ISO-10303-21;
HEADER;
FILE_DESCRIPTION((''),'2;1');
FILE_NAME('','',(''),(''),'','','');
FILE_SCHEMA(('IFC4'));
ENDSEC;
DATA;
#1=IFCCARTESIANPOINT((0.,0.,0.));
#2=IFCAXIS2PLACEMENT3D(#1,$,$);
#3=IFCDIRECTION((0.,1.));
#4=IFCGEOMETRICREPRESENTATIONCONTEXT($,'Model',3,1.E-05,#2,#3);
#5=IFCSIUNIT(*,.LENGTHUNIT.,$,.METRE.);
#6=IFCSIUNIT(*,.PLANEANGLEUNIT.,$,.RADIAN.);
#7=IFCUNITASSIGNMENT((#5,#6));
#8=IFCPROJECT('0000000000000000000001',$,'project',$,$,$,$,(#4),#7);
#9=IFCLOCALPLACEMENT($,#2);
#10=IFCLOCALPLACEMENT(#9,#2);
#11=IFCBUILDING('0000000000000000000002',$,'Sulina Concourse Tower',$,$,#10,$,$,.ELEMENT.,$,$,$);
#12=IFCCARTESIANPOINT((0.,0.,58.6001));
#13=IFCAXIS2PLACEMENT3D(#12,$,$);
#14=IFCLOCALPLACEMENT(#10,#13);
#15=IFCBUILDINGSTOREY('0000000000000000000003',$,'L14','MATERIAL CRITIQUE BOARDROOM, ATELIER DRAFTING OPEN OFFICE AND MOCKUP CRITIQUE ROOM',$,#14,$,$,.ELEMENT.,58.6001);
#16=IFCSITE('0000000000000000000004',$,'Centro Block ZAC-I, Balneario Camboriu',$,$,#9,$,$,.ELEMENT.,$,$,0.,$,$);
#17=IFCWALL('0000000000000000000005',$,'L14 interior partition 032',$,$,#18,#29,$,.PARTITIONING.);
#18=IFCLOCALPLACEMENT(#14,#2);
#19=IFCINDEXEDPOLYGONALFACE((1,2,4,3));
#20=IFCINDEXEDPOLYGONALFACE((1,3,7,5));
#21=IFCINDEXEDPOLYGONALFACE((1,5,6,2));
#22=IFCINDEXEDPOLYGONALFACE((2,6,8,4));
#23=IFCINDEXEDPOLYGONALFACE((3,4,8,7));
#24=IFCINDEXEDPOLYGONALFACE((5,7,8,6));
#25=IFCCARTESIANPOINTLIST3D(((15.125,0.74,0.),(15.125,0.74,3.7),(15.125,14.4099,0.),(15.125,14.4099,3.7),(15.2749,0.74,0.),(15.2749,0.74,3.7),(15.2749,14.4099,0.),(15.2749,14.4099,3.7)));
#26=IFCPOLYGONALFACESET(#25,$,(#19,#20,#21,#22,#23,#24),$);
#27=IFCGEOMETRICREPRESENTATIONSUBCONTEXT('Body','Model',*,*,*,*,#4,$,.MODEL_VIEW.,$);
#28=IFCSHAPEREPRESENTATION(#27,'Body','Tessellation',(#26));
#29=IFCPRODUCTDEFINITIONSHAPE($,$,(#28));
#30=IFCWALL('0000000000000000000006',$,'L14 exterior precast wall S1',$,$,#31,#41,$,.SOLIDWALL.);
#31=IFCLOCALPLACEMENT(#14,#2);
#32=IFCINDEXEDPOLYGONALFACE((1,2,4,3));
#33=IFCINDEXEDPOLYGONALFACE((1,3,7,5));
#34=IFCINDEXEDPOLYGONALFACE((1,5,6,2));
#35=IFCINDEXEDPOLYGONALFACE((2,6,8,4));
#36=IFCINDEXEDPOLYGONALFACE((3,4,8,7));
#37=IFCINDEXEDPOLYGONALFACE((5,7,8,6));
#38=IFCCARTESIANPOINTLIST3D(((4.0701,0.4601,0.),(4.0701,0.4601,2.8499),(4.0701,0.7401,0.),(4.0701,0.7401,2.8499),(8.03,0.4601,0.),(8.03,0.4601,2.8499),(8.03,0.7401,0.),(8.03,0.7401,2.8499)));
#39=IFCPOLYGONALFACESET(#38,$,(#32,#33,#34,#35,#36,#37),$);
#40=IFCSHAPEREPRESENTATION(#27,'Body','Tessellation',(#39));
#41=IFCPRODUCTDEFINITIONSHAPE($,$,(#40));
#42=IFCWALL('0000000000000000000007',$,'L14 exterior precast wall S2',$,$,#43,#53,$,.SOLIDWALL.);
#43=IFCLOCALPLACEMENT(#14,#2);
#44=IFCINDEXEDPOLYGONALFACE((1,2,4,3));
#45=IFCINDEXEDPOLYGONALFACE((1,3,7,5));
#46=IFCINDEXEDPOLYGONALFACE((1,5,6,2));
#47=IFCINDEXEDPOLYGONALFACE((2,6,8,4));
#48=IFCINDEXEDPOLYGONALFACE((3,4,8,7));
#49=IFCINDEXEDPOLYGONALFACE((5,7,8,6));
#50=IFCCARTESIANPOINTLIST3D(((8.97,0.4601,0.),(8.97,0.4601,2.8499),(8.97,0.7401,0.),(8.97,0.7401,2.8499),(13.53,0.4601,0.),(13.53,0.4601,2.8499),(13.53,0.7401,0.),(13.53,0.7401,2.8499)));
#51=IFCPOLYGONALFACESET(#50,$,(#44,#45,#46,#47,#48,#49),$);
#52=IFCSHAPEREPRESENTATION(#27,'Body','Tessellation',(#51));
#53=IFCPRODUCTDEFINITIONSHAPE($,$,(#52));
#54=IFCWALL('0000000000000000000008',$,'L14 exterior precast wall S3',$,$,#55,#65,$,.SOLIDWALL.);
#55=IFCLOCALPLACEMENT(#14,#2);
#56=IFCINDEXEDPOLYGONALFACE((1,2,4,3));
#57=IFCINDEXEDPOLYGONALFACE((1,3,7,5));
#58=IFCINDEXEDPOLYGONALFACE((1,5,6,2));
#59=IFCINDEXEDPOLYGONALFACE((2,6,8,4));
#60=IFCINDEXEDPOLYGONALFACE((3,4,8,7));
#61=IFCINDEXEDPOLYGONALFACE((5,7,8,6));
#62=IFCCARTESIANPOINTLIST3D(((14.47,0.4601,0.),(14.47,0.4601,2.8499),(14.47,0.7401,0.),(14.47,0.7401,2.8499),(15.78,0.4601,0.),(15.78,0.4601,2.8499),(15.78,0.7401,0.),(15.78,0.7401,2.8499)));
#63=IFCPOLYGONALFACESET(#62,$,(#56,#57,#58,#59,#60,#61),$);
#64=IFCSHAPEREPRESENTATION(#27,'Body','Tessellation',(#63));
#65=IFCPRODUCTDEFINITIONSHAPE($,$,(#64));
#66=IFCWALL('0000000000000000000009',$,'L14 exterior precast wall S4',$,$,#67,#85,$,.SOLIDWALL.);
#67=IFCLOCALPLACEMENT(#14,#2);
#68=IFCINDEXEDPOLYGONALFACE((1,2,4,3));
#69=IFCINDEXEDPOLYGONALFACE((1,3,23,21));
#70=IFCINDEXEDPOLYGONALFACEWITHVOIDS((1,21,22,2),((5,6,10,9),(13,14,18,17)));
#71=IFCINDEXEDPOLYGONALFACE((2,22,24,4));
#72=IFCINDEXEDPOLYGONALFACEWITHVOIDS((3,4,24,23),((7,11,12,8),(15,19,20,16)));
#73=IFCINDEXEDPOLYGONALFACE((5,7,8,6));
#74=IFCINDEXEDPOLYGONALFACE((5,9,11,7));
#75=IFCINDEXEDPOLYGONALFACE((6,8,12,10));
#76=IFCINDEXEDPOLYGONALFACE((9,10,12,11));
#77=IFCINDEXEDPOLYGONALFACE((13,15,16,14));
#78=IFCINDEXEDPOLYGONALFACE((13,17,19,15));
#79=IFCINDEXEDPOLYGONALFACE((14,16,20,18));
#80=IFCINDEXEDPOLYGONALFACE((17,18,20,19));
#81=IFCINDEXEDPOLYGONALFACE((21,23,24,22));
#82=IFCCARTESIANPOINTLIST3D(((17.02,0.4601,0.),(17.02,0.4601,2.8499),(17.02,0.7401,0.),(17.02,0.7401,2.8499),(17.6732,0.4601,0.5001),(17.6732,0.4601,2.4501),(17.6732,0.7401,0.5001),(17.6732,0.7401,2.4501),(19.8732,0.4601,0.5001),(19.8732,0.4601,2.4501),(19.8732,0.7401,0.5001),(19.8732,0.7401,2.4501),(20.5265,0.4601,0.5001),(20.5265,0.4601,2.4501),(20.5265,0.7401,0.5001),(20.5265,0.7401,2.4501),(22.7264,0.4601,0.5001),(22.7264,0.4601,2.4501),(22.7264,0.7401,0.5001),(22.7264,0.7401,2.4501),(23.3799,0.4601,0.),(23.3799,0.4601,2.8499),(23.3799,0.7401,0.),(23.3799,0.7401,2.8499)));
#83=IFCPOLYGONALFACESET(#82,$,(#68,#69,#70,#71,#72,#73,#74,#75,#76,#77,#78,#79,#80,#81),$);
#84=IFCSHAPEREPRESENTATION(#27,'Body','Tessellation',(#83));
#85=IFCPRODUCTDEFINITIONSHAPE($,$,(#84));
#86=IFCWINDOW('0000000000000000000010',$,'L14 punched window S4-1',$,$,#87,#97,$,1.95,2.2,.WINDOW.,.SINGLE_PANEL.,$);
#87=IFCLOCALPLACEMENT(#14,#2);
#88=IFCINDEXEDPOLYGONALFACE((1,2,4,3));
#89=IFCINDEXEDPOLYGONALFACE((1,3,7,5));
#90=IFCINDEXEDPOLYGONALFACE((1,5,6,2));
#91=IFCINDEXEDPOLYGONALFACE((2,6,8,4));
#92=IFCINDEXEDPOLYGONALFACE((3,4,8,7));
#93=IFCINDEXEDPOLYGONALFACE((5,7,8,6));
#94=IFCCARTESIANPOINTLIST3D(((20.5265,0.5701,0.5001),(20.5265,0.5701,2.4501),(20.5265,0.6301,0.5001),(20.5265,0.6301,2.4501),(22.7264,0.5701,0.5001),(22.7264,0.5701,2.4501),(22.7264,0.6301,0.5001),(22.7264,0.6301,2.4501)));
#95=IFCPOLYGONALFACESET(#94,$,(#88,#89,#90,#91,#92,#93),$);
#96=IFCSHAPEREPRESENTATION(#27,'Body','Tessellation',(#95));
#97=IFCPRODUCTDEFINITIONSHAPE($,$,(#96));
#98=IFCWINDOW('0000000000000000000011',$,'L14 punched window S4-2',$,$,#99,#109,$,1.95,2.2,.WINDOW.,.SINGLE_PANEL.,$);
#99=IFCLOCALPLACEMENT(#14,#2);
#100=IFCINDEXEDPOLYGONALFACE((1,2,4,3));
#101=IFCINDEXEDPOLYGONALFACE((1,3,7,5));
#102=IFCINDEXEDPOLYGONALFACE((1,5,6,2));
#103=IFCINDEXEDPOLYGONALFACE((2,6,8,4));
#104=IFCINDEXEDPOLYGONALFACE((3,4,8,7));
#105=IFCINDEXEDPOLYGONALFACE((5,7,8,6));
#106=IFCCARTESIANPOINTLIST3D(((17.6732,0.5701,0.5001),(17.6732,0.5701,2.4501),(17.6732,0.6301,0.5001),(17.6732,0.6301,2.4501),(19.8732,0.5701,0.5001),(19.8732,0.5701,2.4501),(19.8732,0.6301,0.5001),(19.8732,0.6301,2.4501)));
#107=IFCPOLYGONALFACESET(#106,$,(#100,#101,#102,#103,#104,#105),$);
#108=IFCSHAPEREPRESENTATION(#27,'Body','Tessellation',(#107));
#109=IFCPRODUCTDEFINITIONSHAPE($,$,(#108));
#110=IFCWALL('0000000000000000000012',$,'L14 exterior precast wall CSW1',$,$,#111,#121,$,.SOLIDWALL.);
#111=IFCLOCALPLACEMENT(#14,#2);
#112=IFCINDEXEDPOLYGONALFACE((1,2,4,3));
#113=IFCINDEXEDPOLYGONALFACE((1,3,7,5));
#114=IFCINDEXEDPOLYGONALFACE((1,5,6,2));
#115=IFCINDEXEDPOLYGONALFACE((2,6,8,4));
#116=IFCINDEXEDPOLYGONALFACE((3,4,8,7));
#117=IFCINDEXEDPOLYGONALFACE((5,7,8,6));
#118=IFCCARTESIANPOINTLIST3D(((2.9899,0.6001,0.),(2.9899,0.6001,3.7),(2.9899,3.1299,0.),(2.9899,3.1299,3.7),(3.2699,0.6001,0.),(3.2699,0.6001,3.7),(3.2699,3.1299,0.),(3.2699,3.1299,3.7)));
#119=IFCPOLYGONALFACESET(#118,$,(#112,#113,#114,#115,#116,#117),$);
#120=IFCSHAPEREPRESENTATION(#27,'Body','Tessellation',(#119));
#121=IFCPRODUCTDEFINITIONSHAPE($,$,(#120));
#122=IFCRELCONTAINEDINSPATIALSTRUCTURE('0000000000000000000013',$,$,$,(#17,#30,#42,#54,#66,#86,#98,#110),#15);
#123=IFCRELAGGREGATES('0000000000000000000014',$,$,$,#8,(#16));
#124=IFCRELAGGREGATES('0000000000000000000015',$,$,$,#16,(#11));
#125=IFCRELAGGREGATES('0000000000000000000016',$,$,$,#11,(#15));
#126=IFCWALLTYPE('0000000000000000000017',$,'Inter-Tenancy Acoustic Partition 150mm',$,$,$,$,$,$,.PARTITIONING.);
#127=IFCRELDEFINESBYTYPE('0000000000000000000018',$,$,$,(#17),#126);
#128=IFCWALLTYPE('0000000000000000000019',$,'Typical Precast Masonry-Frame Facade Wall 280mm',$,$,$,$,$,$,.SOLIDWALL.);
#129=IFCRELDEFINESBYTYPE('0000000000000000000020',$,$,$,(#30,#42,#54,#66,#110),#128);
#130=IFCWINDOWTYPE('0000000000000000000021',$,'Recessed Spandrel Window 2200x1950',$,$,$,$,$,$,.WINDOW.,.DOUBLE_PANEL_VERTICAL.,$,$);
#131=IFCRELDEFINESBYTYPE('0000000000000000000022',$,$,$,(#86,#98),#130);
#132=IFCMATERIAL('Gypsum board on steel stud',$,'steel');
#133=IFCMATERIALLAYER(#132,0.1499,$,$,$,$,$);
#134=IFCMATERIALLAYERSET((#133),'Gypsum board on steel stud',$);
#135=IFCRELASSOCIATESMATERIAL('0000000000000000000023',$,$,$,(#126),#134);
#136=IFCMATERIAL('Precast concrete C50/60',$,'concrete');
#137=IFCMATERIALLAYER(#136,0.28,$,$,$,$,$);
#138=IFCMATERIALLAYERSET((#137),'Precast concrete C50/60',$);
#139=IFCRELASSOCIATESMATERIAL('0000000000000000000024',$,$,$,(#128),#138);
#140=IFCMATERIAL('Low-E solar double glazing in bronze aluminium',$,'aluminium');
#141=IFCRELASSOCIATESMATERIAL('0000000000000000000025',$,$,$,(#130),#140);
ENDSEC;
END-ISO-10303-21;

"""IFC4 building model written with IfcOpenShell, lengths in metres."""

from ifc_helpers import new_model, si_unit, direction, frame, frame_2d, origin, place, context, subcontext, project, spatial, rectangle, extrude, material, layer, layer_set, type_object, element, fill, save


model = new_model("IFC4")

# Units and contexts
model_context = context("Model", 3, precision=1e-05, world=origin(), true_north=direction((0.0, 1.0)))
body_context = subcontext(model_context, "Body", "Model", "MODEL_VIEW")
ifc_project = project(units=[si_unit("LENGTHUNIT", "METRE"), si_unit("PLANEANGLEUNIT", "RADIAN")], contexts=[model_context])

# Site, building, storey
site_placement = place(None, origin())
site = spatial("IfcSite", under=ifc_project, at=site_placement, Name="Centro Block ZAC-I, Balneario Camboriu", CompositionType="ELEMENT", RefElevation=0.0)
building_placement = place(site_placement, origin())
building = spatial("IfcBuilding", under=site, at=building_placement, Name="Sulina Concourse Tower", CompositionType="ELEMENT")
storey_placement = place(building_placement, frame((0.0, 0.0, 58.6001)))
storey = spatial("IfcBuildingStorey", under=building, at=storey_placement, Name="L14", Description="MATERIAL CRITIQUE BOARDROOM, ATELIER DRAFTING OPEN OFFICE AND MOCKUP CRITIQUE ROOM", CompositionType="ELEMENT", Elevation=58.6001)

# Walls
ifc_material_1 = material(Name="Gypsum board on steel stud", Category="steel")
ifc_layer_1 = layer(ifc_material_1, 0.1499)
ifc_layer_set_1 = layer_set([ifc_layer_1], Name="Gypsum board on steel stud")
wall_type_1 = type_object("IfcWallType", Name="Inter-Tenancy Acoustic Partition 150mm", PredefinedType="PARTITIONING", material=ifc_layer_set_1)
for number, where, z_axis, x_axis, name in (
    (1, (15.2, 0.74, 0.0), (0.0, 0.0, 1.0), (0.0, 1.0, 0.0), "L14 interior partition 032"),
):
    element("IfcWall", number, at=place(storey_placement, frame(where, z_axis=z_axis, x_axis=x_axis)), inside=storey, type_object=wall_type_1, Name=name, PredefinedType="PARTITIONING", context=body_context, shape_type="SweptSolid", body=[
        extrude(rectangle(XDim=13.6699, YDim=0.1499, at=frame_2d((6.835, 0.0))), origin(), (0.0, 0.0, 1.0), 3.7),
    ])
ifc_material_2 = material(Name="Precast concrete C50/60", Category="concrete")
ifc_layer_2 = layer(ifc_material_2, 0.28)
ifc_layer_set_2 = layer_set([ifc_layer_2], Name="Precast concrete C50/60")
wall_type_2 = type_object("IfcWallType", Name="Typical Precast Masonry-Frame Facade Wall 280mm", PredefinedType="SOLIDWALL", material=ifc_layer_set_2)
wall_1_placement = place(storey_placement, frame((8.03, 0.6001, 0.0), z_axis=(0.0, 0.0, 1.0), x_axis=(-1.0, 0.0, 0.0)))
element("IfcWall", 2, at=wall_1_placement, inside=storey, type_object=wall_type_2, Name="L14 exterior precast wall S1", PredefinedType="SOLIDWALL", context=body_context, shape_type="SweptSolid", body=[
    extrude(rectangle(XDim=3.96, YDim=0.28, at=frame_2d((1.98, 0.0))), origin(), (0.0, 0.0, 1.0), 2.8499),
])
wall_2_placement = place(storey_placement, frame((13.53, 0.6001, 0.0), z_axis=(0.0, 0.0, 1.0), x_axis=(-1.0, 0.0, 0.0)))
element("IfcWall", 3, at=wall_2_placement, inside=storey, type_object=wall_type_2, Name="L14 exterior precast wall S2", PredefinedType="SOLIDWALL", context=body_context, shape_type="SweptSolid", body=[
    extrude(rectangle(XDim=4.5601, YDim=0.28, at=frame_2d((2.28, 0.0))), origin(), (0.0, 0.0, 1.0), 2.8499),
])
wall_3_placement = place(storey_placement, frame((15.78, 0.6001, 0.0), z_axis=(0.0, 0.0, 1.0), x_axis=(-1.0, 0.0, 0.0)))
element("IfcWall", 4, at=wall_3_placement, inside=storey, type_object=wall_type_2, Name="L14 exterior precast wall S3", PredefinedType="SOLIDWALL", context=body_context, shape_type="SweptSolid", body=[
    extrude(rectangle(XDim=1.3101, YDim=0.28, at=frame_2d((0.655, 0.0))), origin(), (0.0, 0.0, 1.0), 2.8499),
])

# Wall, openings, windows
wall_4_placement = place(storey_placement, frame((23.3799, 0.6001, 0.0), z_axis=(0.0, 0.0, 1.0), x_axis=(-1.0, 0.0, 0.0)))
wall_4 = element("IfcWall", 5, at=wall_4_placement, inside=storey, type_object=wall_type_2, Name="L14 exterior precast wall S4", PredefinedType="SOLIDWALL", context=body_context, shape_type="SweptSolid", body=[
    extrude(rectangle(XDim=6.3599, YDim=0.28, at=frame_2d((3.1799, 0.0))), origin(), (0.0, 0.0, 1.0), 2.8499),
])
opening_1_placement = place(wall_4_placement, frame((0.6533, 0.0, 0.5)))
opening_1 = element("IfcOpeningElement", 6, at=opening_1_placement, cuts=wall_4, PredefinedType="OPENING", context=body_context, shape_type="SweptSolid", body=[
    extrude(rectangle(XDim=2.2, YDim=1.95, at=frame_2d((1.1001, 0.9751))), frame((0.0, 0.1499, 0.0), z_axis=(0.0, -1.0, 0.0), x_axis=(1.0, 0.0, 0.0)), (0.0, 0.0, 1.0), 0.3),
])
opening_2_placement = place(wall_4_placement, frame((3.5066, 0.0, 0.5)))
opening_2 = element("IfcOpeningElement", 7, at=opening_2_placement, cuts=wall_4, PredefinedType="OPENING", context=body_context, shape_type="SweptSolid", body=[
    extrude(rectangle(XDim=2.2, YDim=1.95, at=frame_2d((1.1001, 0.9751))), frame((0.0, 0.1499, 0.0), z_axis=(0.0, -1.0, 0.0), x_axis=(1.0, 0.0, 0.0)), (0.0, 0.0, 1.0), 0.3),
])
ifc_material_3 = material(Name="Low-E solar double glazing in bronze aluminium", Category="aluminium")
window_type = type_object("IfcWindowType", Name="Recessed Spandrel Window 2200x1950", PartitioningType="DOUBLE_PANEL_VERTICAL", PredefinedType="WINDOW", material=ifc_material_3)
window_1_placement = place(opening_1_placement, origin())
window_1 = element("IfcWindow", 8, at=window_1_placement, inside=storey, type_object=window_type, Name="L14 punched window S4-1", OverallHeight=1.95, OverallWidth=2.2, PartitioningType="SINGLE_PANEL", PredefinedType="WINDOW", context=body_context, shape_type="SweptSolid", body=[
    extrude(rectangle(XDim=2.2, YDim=1.95, at=frame_2d((1.1001, 0.9751))), frame((0.0, 0.03, 0.0), z_axis=(0.0, -1.0, 0.0), x_axis=(1.0, 0.0, 0.0)), (0.0, 0.0, 1.0), 0.0601),
])
fill(opening_1, window_1)
window_2_placement = place(opening_2_placement, origin())
window_2 = element("IfcWindow", 9, at=window_2_placement, inside=storey, type_object=window_type, Name="L14 punched window S4-2", OverallHeight=1.95, OverallWidth=2.2, PartitioningType="SINGLE_PANEL", PredefinedType="WINDOW", context=body_context, shape_type="SweptSolid", body=[
    extrude(rectangle(XDim=2.2, YDim=1.95, at=frame_2d((1.1001, 0.9751))), frame((0.0, 0.03, 0.0), z_axis=(0.0, -1.0, 0.0), x_axis=(1.0, 0.0, 0.0)), (0.0, 0.0, 1.0), 0.0601),
])
fill(opening_2, window_2)

# Wall
wall_5_placement = place(storey_placement, frame((3.1299, 0.6001, 0.0), z_axis=(0.0, 0.0, 1.0), x_axis=(0.0, 1.0, 0.0)))
element("IfcWall", 10, at=wall_5_placement, inside=storey, type_object=wall_type_2, Name="L14 exterior precast wall CSW1", PredefinedType="SOLIDWALL", context=body_context, shape_type="SweptSolid", body=[
    extrude(rectangle(XDim=2.5298, YDim=0.28, at=frame_2d((1.2649, 0.0))), origin(), (0.0, 0.0, 1.0), 3.7),
])

save(model, "model.ifc")
